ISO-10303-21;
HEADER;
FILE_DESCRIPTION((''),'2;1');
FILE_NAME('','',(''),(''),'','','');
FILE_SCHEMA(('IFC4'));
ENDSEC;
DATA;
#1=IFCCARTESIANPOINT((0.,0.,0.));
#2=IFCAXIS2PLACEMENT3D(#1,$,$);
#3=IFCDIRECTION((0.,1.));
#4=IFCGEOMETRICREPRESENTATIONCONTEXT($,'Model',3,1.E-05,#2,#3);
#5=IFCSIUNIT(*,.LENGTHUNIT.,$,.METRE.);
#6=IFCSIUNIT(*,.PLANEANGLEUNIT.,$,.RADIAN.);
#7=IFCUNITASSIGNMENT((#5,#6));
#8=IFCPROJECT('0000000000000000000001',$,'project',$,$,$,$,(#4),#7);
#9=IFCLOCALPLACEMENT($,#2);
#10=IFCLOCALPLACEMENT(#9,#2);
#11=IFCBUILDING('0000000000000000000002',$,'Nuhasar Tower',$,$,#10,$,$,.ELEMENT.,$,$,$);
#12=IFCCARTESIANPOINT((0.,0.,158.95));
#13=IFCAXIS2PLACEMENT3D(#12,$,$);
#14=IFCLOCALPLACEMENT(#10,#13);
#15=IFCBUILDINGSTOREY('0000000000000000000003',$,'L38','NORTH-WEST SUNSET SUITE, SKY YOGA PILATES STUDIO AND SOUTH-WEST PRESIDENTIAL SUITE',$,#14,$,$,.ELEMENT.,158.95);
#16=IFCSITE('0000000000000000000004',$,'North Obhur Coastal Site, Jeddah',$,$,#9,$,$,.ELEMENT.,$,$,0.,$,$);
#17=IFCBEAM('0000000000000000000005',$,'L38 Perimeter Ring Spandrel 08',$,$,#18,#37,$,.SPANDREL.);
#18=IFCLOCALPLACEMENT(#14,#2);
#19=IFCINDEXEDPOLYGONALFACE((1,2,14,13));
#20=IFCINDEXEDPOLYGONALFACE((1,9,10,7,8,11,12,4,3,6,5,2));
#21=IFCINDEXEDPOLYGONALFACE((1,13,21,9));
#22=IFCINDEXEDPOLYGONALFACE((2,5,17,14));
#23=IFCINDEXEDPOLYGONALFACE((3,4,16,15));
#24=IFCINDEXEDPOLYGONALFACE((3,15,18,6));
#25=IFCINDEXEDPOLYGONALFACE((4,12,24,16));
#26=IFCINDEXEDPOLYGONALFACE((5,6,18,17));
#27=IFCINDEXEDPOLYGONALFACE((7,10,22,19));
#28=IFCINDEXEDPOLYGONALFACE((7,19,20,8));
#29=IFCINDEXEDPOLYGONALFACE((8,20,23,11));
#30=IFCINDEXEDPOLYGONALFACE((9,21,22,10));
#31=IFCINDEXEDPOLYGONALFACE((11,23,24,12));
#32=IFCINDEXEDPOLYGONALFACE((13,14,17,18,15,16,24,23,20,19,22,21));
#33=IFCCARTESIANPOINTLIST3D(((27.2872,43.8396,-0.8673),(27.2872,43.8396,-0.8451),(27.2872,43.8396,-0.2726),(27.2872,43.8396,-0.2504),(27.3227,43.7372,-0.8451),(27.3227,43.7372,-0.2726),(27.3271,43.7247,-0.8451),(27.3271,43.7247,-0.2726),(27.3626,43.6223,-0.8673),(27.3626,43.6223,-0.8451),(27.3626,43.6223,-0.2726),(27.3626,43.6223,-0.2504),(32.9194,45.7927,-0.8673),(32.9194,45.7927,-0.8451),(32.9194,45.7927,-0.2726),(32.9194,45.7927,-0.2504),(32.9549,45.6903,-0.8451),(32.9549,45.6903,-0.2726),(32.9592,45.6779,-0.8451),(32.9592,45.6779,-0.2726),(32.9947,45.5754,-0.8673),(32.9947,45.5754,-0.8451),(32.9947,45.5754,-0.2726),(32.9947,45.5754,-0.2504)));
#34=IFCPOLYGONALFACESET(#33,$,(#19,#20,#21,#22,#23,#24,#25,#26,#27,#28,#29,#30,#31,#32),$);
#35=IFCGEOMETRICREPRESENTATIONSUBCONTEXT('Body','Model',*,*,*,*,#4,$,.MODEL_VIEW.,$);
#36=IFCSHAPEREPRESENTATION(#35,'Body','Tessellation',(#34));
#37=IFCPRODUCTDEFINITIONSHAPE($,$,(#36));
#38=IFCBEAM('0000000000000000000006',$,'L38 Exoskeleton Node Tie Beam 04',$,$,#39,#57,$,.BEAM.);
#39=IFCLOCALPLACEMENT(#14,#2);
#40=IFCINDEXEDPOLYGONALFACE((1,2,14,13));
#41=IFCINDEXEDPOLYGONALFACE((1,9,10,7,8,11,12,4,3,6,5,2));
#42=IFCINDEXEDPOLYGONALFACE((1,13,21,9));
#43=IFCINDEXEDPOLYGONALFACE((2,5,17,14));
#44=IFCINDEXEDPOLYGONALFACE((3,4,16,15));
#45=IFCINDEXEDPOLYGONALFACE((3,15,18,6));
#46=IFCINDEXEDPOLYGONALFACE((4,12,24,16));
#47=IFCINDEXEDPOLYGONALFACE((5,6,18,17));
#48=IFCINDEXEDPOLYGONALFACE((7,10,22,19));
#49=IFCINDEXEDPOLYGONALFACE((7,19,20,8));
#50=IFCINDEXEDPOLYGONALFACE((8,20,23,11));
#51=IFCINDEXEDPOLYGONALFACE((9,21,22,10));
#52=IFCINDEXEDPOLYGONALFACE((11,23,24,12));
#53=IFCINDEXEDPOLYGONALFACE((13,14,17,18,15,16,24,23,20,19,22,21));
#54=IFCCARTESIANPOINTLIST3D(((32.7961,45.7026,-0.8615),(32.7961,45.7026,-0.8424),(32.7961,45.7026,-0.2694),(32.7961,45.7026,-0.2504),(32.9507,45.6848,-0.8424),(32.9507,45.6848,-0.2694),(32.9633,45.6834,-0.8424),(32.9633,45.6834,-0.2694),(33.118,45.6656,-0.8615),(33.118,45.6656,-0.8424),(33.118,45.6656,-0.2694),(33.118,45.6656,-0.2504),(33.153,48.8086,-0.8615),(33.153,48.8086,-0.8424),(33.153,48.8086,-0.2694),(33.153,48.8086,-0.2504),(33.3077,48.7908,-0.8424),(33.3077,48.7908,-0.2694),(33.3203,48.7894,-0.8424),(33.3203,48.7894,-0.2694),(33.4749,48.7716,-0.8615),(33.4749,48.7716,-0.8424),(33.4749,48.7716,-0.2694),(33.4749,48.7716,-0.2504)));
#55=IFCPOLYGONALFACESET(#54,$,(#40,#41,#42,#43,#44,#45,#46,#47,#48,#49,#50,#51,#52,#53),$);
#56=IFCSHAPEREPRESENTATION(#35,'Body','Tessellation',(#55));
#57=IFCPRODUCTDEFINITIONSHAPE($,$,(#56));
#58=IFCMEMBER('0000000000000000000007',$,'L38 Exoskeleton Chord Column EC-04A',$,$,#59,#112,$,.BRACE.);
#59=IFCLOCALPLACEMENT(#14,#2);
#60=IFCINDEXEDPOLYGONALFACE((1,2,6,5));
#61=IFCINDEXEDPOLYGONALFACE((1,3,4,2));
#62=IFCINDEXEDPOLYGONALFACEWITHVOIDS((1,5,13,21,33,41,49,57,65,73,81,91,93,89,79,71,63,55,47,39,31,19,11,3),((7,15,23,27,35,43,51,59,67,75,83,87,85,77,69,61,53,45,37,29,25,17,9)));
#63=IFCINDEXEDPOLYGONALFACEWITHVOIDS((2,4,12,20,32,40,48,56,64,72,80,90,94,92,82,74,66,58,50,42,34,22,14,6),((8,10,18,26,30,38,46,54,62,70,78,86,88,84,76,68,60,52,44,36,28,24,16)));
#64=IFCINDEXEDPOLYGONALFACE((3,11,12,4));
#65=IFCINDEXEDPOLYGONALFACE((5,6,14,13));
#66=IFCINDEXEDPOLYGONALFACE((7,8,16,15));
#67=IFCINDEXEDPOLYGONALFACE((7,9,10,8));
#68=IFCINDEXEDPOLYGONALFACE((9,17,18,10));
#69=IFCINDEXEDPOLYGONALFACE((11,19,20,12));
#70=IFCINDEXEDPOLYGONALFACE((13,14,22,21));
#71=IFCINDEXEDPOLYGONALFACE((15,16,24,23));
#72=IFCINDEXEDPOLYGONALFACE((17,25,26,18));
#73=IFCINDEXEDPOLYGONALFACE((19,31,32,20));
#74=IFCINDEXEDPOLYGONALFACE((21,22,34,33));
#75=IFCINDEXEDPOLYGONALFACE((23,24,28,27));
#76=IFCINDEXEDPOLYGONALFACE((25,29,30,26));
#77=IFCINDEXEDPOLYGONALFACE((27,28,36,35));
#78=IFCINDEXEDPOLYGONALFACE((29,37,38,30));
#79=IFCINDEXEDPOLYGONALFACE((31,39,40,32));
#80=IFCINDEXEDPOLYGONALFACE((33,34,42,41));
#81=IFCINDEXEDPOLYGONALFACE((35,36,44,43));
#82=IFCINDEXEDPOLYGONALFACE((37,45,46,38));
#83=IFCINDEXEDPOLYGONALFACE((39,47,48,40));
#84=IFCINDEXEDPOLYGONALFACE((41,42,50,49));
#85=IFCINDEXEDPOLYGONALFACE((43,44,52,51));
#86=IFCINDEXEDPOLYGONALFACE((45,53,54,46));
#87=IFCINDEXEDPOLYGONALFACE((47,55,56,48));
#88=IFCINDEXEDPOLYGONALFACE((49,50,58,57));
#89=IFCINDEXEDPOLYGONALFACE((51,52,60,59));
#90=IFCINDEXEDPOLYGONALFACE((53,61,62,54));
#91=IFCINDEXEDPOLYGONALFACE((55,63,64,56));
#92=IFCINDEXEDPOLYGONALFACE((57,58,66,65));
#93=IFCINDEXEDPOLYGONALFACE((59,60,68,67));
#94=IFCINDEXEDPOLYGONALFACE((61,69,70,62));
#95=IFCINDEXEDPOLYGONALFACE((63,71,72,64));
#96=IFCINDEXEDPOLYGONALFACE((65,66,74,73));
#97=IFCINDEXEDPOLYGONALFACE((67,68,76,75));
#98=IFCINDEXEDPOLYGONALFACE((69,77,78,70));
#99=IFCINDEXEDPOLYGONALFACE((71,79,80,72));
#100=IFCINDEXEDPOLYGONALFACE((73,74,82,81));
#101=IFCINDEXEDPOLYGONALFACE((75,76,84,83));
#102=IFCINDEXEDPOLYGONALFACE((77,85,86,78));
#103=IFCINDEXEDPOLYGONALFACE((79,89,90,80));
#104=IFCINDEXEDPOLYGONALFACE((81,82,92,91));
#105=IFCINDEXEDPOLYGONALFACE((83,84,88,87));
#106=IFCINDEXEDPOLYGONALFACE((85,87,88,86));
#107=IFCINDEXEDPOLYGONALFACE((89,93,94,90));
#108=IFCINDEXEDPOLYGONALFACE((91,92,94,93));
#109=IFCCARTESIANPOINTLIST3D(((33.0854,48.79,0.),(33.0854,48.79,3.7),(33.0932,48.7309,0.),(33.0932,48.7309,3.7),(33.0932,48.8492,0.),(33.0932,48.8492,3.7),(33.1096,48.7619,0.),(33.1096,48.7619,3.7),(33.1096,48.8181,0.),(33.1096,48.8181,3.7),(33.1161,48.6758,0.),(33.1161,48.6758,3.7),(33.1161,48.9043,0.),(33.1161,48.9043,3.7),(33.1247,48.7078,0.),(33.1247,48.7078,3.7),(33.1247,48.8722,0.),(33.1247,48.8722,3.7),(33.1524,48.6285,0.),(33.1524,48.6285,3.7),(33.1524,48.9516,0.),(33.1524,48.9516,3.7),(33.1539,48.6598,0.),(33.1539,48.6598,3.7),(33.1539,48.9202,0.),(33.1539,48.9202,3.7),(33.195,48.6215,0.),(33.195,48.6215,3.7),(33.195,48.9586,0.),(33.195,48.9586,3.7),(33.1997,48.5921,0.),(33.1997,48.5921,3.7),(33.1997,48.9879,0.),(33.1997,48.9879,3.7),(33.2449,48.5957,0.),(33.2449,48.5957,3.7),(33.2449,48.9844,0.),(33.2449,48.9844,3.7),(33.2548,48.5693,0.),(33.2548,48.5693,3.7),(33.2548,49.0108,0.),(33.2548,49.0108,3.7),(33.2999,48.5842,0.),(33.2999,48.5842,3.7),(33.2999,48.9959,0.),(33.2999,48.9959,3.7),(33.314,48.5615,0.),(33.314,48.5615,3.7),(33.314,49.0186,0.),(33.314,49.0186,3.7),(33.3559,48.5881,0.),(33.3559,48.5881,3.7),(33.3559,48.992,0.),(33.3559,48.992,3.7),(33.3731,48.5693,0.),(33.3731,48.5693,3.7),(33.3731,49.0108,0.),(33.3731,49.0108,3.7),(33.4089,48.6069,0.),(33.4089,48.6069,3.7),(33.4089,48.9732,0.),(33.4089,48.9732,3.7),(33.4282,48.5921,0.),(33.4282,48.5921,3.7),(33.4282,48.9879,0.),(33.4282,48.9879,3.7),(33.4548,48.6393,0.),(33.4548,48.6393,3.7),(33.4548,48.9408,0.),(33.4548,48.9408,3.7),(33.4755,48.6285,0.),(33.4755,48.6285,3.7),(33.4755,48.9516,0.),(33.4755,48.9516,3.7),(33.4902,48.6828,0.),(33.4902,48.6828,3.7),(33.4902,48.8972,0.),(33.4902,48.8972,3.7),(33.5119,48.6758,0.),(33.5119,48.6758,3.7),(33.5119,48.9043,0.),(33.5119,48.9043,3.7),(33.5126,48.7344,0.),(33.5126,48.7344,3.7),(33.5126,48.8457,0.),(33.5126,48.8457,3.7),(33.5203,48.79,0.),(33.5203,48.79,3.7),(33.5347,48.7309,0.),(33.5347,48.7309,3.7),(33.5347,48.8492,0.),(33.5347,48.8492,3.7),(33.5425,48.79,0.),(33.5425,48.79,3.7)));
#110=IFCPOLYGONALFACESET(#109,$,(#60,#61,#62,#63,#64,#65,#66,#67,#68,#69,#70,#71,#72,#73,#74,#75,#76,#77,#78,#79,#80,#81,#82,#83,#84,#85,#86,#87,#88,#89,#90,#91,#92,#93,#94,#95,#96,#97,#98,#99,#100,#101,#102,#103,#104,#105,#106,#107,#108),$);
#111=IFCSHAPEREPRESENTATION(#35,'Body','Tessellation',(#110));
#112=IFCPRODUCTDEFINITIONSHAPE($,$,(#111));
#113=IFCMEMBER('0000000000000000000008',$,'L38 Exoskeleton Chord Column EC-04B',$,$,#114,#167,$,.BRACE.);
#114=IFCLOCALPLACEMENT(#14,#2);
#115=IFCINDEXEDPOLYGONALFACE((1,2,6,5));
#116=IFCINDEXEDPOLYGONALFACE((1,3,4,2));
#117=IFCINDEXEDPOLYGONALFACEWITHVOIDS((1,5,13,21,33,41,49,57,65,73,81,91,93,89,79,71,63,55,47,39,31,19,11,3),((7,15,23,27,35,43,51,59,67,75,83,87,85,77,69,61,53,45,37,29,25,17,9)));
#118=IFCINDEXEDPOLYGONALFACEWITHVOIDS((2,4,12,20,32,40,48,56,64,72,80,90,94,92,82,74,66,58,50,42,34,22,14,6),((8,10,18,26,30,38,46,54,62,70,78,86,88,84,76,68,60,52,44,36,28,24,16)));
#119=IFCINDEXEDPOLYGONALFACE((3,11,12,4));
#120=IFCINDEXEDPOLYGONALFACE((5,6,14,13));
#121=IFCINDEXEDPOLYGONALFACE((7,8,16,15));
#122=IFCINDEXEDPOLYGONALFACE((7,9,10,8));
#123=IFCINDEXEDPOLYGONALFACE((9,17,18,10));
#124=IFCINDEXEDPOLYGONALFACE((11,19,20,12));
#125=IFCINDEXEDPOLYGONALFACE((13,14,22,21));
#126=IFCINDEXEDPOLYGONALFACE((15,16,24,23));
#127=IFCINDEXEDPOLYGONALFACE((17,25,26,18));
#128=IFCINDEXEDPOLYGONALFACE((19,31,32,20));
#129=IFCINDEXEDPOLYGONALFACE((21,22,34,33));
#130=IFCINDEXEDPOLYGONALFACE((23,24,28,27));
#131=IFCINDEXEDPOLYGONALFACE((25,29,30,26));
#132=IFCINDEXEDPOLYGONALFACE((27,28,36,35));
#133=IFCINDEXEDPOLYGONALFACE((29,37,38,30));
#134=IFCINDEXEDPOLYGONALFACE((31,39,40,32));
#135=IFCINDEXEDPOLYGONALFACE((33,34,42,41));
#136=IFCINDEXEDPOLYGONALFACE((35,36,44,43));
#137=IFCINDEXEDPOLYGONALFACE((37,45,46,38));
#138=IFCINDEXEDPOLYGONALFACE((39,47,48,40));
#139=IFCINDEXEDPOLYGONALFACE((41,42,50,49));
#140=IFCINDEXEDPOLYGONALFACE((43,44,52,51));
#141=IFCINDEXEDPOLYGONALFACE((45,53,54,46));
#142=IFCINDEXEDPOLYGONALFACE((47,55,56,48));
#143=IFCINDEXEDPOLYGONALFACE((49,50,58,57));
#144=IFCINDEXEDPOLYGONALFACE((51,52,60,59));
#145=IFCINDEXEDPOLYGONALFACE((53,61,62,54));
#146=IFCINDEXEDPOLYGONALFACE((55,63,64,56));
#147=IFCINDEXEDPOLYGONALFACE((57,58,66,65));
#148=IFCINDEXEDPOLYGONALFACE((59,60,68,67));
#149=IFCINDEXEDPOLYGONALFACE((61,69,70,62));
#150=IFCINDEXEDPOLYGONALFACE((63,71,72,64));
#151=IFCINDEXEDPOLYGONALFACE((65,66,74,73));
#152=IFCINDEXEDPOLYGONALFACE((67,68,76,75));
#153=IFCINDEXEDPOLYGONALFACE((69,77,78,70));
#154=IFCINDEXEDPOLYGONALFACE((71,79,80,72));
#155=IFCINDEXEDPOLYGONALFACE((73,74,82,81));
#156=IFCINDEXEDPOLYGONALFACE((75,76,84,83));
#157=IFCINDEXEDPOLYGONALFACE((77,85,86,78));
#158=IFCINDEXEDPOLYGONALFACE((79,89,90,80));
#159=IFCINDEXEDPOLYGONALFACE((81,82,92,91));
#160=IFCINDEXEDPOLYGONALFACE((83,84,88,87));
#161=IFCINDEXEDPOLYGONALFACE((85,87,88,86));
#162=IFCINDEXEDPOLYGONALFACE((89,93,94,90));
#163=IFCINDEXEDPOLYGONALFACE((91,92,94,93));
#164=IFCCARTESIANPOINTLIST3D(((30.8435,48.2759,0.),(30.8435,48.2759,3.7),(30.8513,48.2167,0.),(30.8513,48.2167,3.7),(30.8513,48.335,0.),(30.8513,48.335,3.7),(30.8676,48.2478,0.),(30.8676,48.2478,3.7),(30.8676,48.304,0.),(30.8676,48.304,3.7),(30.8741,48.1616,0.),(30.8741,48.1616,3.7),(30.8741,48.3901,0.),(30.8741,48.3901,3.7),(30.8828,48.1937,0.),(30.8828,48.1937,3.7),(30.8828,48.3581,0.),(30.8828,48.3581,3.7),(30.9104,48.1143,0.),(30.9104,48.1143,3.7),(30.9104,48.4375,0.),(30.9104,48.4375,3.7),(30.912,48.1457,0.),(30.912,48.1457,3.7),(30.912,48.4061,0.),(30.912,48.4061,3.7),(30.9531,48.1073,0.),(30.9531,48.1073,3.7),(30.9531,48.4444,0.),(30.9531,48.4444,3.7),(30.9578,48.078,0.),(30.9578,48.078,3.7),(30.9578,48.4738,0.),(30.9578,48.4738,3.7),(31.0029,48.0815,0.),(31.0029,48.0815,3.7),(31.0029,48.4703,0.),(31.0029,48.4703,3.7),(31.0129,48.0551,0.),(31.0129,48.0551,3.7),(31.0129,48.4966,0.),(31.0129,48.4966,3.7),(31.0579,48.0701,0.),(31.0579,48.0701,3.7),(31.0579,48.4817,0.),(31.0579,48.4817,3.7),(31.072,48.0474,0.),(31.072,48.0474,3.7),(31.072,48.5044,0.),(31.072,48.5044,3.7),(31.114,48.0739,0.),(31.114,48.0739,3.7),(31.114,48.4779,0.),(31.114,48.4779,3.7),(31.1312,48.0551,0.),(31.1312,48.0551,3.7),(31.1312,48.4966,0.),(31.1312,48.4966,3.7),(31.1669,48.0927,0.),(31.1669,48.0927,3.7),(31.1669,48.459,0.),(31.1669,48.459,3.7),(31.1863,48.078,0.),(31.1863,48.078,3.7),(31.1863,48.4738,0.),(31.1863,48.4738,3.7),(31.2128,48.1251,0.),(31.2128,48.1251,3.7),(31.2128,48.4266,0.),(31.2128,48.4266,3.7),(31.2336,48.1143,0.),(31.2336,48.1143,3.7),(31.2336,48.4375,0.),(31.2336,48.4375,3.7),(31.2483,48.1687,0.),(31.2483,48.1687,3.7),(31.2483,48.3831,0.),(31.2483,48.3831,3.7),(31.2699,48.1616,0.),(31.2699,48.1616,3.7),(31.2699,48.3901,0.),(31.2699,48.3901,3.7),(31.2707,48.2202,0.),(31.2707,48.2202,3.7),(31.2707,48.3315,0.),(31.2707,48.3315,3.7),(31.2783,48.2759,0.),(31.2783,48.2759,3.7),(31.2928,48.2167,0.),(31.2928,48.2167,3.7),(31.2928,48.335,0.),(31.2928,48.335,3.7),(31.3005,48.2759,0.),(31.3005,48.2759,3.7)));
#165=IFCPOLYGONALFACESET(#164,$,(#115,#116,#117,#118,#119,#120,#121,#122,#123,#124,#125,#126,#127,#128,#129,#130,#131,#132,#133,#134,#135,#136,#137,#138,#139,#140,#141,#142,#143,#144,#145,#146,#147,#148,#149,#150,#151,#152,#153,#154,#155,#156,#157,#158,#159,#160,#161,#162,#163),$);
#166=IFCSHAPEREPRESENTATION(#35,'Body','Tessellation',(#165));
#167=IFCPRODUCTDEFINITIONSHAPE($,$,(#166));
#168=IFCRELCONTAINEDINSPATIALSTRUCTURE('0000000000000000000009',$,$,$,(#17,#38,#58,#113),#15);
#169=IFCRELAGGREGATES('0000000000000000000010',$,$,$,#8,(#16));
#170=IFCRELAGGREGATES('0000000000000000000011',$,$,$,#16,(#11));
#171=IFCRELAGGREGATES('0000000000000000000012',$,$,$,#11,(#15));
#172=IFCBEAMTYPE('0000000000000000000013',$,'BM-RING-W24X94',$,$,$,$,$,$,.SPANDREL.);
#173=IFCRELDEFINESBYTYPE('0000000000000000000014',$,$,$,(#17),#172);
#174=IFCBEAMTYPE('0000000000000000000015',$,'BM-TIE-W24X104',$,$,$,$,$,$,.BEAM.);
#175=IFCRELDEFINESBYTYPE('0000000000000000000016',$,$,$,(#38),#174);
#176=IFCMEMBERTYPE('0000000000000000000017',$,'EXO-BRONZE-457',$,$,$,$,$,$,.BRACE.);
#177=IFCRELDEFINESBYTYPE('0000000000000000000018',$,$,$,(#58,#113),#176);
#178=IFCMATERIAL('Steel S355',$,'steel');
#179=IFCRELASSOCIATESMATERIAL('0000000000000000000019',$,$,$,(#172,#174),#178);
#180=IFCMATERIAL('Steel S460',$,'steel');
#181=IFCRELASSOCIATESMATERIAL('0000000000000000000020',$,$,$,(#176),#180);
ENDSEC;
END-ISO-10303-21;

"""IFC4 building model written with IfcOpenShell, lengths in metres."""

from ifc_helpers import new_model, si_unit, direction, frame, origin, origin_2d, place, context, subcontext, project, spatial, hollow_circle, i_section, extrude, material, material_profile, profile_set, type_object, element, save


model = new_model("IFC4")

# Units and contexts
model_context = context("Model", 3, precision=1e-05, world=origin(), true_north=direction((0.0, 1.0)))
body_context = subcontext(model_context, "Body", "Model", "MODEL_VIEW")
ifc_project = project(units=[si_unit("LENGTHUNIT", "METRE"), si_unit("PLANEANGLEUNIT", "RADIAN")], contexts=[model_context])

# Site, building, storey
site_placement = place(None, origin())
site = spatial("IfcSite", under=ifc_project, at=site_placement, Name="North Obhur Coastal Site, Jeddah", CompositionType="ELEMENT", RefElevation=0.0)
building_placement = place(site_placement, origin())
building = spatial("IfcBuilding", under=site, at=building_placement, Name="Nuhasar Tower", CompositionType="ELEMENT")
storey_placement = place(building_placement, frame((0.0, 0.0, 158.95)))
storey = spatial("IfcBuildingStorey", under=building, at=storey_placement, Name="L38", Description="NORTH-WEST SUNSET SUITE, SKY YOGA PILATES STUDIO AND SOUTH-WEST PRESIDENTIAL SUITE", CompositionType="ELEMENT", Elevation=158.95)

# Beams
ifc_material_1 = material(Name="Steel S355", Category="steel")
ifc_material_profile_1 = material_profile(ifc_material_1, i_section(OverallWidth=0.23, OverallDepth=0.6169, WebThickness=0.0132, FlangeThickness=0.0222, at=origin_2d()), Name="W24X94")
ifc_profile_set_1 = profile_set([ifc_material_profile_1], Name="Steel S355")
beam_type_1 = type_object("IfcBeamType", Name="BM-RING-W24X94", PredefinedType="SPANDREL", material=ifc_profile_set_1)
beam_1_placement = place(storey_placement, frame((32.957, 45.6841, -0.5588), z_axis=(-0.944801, -0.327644, 0.0), x_axis=(0.327644, -0.944801, 0.0)))
element("IfcBeam", 1, at=beam_1_placement, inside=storey, type_object=beam_type_1, Name="L38 Perimeter Ring Spandrel 08", PredefinedType="SPANDREL", context=body_context, shape_type="SweptSolid", body=[
    extrude(i_section(OverallWidth=0.23, OverallDepth=0.6169, WebThickness=0.0132, FlangeThickness=0.0222, at=origin_2d()), origin(), (0.0, 0.0, 1.0), 5.9612),
])
ifc_material_profile_2 = material_profile(ifc_material_1, i_section(OverallWidth=0.324, OverallDepth=0.6111, WebThickness=0.0127, FlangeThickness=0.019, at=origin_2d()), Name="W24X104")
ifc_profile_set_2 = profile_set([ifc_material_profile_2], Name="Steel S355")
beam_type_2 = type_object("IfcBeamType", Name="BM-TIE-W24X104", PredefinedType="BEAM", material=ifc_profile_set_2)
beam_2_placement = place(storey_placement, frame((32.957, 45.6841, -0.5559), z_axis=(0.114168, 0.993461, 0.0), x_axis=(-0.993461, 0.114168, 0.0)))
element("IfcBeam", 2, at=beam_2_placement, inside=storey, type_object=beam_type_2, Name="L38 Exoskeleton Node Tie Beam 04", PredefinedType="BEAM", context=body_context, shape_type="SweptSolid", body=[
    extrude(i_section(OverallWidth=0.324, OverallDepth=0.6111, WebThickness=0.0127, FlangeThickness=0.019, at=origin_2d()), origin(), (0.0, 0.0, 1.0), 3.1265),
])

# Members
ifc_material_2 = material(Name="Steel S460", Category="steel")
ifc_material_profile_3 = material_profile(ifc_material_2, hollow_circle(Radius=0.2285, WallThickness=0.0222, at=origin_2d()), Name="HSS457X22.2")
ifc_profile_set_3 = profile_set([ifc_material_profile_3], Name="Steel S460")
member_type = type_object("IfcMemberType", Name="EXO-BRONZE-457", PredefinedType="BRACE", material=ifc_profile_set_3)
for number, where, z_axis, x_axis, name in (
    (3, (33.314, 48.79, 0.0), (0.0, 0.0, 1.0), (1.0, 0.0, 0.0), "L38 Exoskeleton Chord Column EC-04A"),
    (4, (31.072, 48.2759, 0.0), (0.0, 0.0, 1.0), (1.0, 0.0, 0.0), "L38 Exoskeleton Chord Column EC-04B"),
):
    element("IfcMember", number, at=place(storey_placement, frame(where, z_axis=z_axis, x_axis=x_axis)), inside=storey, type_object=member_type, Name=name, PredefinedType="BRACE", context=body_context, shape_type="SweptSolid", body=[
        extrude(hollow_circle(Radius=0.2285, WallThickness=0.0222, at=origin_2d()), origin(), (0.0, 0.0, 1.0), 3.7),
    ])

save(model, "model.ifc")
